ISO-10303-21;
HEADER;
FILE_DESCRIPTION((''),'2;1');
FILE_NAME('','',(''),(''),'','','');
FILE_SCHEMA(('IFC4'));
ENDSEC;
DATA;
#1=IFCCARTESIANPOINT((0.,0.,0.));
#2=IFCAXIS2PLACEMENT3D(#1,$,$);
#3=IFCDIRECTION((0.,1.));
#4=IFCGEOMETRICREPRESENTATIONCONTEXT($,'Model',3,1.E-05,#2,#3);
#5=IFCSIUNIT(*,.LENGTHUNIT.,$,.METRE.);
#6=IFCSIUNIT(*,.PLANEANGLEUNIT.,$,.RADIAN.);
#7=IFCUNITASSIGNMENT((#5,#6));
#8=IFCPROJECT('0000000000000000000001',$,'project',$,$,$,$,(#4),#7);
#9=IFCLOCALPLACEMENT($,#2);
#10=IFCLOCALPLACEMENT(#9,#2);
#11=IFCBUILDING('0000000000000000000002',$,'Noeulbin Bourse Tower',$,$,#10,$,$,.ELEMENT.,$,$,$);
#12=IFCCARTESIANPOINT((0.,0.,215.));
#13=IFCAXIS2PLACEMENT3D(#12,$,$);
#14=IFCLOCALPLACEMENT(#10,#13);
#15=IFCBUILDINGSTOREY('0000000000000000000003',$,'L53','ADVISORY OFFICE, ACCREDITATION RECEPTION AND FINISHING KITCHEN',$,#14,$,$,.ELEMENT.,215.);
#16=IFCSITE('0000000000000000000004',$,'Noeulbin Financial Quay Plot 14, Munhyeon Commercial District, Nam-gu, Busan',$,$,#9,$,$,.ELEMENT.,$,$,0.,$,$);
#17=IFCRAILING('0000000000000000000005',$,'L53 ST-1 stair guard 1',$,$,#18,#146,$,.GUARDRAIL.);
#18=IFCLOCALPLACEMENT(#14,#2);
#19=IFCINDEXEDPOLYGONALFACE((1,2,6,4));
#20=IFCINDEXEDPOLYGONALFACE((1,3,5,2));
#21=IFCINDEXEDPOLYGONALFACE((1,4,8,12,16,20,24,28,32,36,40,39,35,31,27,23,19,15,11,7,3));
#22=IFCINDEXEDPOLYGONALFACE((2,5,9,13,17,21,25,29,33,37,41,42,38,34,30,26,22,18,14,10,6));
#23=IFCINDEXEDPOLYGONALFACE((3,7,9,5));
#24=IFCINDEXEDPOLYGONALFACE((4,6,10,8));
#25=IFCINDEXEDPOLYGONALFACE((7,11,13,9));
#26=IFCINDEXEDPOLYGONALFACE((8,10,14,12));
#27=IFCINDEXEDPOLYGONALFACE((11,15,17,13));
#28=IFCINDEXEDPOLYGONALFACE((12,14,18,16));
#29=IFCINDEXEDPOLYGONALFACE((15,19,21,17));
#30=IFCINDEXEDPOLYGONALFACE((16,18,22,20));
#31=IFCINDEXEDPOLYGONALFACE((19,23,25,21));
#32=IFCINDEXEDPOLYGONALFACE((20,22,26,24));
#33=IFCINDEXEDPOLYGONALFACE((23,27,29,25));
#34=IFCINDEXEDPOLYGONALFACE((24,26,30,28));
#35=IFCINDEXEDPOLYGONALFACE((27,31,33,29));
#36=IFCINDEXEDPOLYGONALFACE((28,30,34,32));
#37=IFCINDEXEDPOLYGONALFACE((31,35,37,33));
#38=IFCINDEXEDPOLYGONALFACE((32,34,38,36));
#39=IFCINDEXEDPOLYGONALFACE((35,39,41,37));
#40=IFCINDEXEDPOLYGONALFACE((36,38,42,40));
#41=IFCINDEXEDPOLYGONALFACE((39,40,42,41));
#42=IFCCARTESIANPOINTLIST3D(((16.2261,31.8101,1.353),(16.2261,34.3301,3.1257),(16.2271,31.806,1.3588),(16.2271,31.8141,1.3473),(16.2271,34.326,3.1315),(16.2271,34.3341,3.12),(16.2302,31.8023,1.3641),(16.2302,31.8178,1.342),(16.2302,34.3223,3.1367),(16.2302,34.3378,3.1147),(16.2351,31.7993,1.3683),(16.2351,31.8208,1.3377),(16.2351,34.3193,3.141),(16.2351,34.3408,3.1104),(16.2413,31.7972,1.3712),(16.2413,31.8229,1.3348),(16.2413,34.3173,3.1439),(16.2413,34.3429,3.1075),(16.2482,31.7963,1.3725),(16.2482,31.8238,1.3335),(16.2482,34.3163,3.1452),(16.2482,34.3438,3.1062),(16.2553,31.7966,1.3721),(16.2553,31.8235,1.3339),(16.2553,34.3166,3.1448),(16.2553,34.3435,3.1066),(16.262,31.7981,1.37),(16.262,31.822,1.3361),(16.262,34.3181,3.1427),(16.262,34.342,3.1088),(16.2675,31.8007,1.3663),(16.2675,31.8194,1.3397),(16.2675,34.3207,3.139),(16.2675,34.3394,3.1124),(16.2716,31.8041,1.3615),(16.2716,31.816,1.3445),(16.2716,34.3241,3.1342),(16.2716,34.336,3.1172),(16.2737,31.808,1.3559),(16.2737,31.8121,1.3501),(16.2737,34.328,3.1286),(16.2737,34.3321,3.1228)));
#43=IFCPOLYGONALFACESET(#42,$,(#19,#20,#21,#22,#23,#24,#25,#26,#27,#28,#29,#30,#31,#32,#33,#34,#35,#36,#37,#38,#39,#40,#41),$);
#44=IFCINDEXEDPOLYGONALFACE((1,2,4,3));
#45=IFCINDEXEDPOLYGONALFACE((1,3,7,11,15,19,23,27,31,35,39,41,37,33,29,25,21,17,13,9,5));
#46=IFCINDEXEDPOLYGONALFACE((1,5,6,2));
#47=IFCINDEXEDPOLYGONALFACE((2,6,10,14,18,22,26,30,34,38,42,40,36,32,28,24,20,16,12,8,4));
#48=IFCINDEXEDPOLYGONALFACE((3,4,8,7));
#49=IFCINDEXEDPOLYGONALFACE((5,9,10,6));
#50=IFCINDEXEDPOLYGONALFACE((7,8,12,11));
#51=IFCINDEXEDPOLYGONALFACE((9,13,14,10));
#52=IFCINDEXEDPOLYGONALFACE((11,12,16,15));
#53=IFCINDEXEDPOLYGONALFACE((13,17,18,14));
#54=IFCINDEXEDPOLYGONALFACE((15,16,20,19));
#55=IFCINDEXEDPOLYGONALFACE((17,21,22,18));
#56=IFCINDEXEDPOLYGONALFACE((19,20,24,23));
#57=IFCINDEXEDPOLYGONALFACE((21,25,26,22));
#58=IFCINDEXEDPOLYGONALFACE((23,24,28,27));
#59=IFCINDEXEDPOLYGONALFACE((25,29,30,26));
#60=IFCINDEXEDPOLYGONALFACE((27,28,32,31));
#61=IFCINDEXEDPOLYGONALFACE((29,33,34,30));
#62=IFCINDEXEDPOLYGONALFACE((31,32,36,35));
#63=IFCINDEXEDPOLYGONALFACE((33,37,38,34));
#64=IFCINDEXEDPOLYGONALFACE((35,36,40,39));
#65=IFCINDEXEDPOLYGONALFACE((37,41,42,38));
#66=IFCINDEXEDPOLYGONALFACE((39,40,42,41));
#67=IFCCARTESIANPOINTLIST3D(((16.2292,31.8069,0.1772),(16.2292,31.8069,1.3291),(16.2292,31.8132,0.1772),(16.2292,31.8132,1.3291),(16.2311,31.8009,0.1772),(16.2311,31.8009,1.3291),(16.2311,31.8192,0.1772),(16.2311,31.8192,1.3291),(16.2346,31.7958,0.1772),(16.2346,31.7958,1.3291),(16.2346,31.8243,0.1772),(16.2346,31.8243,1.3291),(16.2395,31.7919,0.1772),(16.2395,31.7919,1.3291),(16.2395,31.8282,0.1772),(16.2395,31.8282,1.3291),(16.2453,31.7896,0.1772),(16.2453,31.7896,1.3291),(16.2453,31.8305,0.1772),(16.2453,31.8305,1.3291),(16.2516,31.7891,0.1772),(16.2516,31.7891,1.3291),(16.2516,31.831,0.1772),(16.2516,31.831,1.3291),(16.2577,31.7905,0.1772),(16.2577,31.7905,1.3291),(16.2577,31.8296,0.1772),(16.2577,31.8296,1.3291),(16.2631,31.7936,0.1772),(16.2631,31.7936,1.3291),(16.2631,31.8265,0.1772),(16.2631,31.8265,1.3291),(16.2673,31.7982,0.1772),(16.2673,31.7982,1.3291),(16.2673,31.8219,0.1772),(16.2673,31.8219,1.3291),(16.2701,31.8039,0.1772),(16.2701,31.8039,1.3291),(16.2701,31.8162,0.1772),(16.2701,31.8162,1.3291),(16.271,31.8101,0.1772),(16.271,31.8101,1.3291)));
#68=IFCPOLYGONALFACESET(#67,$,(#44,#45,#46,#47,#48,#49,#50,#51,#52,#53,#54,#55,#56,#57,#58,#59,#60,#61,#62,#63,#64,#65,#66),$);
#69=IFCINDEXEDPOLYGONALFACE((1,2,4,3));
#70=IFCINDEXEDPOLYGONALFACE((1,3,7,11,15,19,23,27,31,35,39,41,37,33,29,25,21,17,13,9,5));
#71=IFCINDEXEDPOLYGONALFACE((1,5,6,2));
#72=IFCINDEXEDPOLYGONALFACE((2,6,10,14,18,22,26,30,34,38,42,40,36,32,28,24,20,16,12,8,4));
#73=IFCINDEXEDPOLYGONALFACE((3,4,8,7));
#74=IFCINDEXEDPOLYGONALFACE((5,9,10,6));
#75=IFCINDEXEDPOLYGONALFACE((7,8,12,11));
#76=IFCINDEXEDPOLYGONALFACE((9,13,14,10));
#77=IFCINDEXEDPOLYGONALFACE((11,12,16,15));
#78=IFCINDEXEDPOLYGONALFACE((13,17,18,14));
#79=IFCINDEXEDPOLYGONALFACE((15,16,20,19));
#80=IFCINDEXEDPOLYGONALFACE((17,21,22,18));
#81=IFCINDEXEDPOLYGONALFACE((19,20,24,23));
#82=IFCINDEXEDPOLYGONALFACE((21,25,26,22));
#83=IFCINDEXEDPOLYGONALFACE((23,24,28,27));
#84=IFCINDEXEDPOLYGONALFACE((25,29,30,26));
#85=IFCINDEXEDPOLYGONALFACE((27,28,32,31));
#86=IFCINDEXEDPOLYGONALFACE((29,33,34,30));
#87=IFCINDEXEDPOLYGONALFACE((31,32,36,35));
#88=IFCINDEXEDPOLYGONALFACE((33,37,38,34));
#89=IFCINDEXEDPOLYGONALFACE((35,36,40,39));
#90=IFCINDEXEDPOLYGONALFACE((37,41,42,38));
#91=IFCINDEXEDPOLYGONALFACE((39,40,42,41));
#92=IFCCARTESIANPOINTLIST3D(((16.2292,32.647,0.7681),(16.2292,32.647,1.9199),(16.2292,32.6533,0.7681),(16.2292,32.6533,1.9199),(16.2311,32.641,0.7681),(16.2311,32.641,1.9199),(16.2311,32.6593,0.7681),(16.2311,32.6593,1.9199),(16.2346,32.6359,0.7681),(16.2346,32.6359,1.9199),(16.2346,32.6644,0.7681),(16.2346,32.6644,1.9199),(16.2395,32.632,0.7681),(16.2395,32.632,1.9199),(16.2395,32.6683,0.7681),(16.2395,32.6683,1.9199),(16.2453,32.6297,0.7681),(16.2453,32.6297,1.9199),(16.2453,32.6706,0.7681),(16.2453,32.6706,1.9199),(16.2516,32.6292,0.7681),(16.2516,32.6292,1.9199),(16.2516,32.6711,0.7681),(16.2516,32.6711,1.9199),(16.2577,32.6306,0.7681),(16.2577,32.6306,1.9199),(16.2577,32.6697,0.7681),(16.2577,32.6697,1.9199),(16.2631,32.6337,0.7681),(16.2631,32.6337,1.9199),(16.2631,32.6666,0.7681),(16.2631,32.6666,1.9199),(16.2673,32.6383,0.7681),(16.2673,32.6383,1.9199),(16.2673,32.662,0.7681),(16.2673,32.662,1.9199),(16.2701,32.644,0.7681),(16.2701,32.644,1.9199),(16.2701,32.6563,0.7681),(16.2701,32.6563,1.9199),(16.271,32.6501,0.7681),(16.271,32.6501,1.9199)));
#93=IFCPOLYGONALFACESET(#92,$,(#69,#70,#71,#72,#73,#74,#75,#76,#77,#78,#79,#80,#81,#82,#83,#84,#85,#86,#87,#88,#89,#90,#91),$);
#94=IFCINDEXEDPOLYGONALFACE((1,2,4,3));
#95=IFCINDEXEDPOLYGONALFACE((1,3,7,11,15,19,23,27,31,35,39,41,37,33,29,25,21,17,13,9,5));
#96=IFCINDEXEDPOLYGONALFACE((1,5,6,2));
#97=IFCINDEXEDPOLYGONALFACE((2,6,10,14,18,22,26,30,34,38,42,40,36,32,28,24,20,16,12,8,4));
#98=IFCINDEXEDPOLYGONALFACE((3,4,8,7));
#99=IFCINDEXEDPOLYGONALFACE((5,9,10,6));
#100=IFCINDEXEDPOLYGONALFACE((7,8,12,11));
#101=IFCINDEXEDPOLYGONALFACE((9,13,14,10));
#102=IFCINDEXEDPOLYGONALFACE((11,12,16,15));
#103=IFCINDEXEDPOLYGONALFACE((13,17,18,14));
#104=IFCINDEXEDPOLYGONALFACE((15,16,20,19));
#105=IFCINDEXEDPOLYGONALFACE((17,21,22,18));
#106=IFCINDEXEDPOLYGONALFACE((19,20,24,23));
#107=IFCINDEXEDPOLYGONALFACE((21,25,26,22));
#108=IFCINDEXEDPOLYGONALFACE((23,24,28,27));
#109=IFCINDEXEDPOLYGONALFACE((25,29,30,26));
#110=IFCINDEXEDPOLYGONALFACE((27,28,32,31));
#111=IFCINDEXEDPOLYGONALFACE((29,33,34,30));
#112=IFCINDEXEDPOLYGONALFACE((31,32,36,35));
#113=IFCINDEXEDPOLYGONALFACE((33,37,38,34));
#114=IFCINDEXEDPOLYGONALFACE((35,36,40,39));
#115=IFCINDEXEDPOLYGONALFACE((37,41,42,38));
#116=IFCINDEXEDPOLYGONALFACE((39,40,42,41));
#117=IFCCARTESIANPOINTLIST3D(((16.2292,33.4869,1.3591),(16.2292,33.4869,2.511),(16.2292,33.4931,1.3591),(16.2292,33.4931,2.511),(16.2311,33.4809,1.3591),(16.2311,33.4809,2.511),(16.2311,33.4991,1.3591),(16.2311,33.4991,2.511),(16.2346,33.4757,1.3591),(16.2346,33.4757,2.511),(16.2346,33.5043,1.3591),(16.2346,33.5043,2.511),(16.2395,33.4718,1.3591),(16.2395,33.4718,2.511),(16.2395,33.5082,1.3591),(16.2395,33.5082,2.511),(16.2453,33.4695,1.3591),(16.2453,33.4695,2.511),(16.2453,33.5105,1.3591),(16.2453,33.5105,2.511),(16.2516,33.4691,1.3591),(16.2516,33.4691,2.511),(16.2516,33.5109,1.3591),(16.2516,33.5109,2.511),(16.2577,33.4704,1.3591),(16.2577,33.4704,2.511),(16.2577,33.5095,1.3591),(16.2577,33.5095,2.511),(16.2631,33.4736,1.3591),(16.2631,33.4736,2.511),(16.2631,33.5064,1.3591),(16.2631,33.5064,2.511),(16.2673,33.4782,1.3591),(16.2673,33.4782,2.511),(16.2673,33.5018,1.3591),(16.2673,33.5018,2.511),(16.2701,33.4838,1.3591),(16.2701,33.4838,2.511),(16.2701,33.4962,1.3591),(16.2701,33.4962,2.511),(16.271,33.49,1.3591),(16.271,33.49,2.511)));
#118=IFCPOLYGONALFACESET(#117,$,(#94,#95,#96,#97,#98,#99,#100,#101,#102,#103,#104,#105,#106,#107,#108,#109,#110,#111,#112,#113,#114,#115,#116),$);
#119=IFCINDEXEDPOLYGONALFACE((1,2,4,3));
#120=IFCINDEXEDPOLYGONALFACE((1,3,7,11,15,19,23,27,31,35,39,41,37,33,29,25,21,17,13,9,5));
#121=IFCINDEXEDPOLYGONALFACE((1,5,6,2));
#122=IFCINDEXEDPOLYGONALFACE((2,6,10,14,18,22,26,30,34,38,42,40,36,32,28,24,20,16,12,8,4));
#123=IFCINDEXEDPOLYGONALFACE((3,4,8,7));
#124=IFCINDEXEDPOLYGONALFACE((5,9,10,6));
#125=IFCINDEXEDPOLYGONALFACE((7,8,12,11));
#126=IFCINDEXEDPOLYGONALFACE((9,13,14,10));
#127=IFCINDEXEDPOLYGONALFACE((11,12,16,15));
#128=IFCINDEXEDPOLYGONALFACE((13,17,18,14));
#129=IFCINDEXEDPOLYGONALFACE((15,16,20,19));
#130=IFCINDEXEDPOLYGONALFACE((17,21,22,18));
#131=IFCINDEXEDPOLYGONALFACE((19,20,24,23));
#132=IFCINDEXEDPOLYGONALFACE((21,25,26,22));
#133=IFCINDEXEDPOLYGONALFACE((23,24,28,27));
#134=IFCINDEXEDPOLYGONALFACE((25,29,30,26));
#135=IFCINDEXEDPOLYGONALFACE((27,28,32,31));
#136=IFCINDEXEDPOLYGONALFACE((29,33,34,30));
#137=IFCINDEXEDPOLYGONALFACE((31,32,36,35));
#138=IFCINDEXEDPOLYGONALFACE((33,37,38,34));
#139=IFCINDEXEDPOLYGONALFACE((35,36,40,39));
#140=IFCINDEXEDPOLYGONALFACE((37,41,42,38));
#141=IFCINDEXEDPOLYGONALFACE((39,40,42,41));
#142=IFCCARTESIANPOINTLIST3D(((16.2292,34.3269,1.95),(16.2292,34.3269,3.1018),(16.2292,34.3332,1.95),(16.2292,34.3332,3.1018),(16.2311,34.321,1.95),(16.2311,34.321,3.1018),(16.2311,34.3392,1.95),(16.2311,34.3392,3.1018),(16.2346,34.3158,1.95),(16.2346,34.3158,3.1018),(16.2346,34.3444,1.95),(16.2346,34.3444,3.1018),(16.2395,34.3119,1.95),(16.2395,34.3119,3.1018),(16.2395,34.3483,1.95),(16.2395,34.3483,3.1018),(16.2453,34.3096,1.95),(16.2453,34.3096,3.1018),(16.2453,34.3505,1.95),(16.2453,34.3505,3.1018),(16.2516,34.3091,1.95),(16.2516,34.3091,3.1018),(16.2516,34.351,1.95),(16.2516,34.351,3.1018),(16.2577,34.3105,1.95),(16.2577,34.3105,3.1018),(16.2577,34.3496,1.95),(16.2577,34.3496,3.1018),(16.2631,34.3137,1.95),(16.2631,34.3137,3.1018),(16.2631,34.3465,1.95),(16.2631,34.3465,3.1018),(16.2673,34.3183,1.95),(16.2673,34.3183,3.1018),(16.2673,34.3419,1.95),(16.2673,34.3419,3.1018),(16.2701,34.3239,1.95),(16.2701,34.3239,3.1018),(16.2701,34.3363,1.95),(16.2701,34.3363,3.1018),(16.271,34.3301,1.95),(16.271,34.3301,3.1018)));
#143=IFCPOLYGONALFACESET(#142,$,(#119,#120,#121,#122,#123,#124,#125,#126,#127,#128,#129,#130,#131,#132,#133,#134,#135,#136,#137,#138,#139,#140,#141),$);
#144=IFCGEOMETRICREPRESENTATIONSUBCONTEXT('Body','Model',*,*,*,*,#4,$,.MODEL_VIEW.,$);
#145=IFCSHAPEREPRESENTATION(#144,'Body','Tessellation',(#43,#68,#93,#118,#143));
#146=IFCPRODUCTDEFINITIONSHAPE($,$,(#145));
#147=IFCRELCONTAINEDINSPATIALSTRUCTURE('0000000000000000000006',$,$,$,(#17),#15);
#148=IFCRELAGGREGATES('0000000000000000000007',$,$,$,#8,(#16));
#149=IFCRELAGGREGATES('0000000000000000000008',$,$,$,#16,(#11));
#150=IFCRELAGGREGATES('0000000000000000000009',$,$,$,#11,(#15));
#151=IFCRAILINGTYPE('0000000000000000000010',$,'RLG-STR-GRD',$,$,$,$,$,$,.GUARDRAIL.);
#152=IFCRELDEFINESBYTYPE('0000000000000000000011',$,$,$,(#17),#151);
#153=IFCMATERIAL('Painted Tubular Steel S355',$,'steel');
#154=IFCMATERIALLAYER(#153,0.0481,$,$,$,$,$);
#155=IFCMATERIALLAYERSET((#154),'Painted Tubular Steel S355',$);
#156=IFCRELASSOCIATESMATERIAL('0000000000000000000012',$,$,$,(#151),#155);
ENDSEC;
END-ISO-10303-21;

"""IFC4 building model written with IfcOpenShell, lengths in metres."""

from ifc_helpers import new_model, si_unit, direction, frame, origin, origin_2d, place, context, subcontext, project, spatial, circle, extrude, material, layer, layer_set, type_object, element, save


model = new_model("IFC4")

# Units and contexts
model_context = context("Model", 3, precision=1e-05, world=origin(), true_north=direction((0.0, 1.0)))
body_context = subcontext(model_context, "Body", "Model", "MODEL_VIEW")
ifc_project = project(units=[si_unit("LENGTHUNIT", "METRE"), si_unit("PLANEANGLEUNIT", "RADIAN")], contexts=[model_context])

# Site, building, storey
site_placement = place(None, origin())
site = spatial("IfcSite", under=ifc_project, at=site_placement, Name="Noeulbin Financial Quay Plot 14, Munhyeon Commercial District, Nam-gu, Busan", CompositionType="ELEMENT", RefElevation=0.0)
building_placement = place(site_placement, origin())
building = spatial("IfcBuilding", under=site, at=building_placement, Name="Noeulbin Bourse Tower", CompositionType="ELEMENT")
storey_placement = place(building_placement, frame((0.0, 0.0, 215.0)))
storey = spatial("IfcBuildingStorey", under=building, at=storey_placement, Name="L53", Description="ADVISORY OFFICE, ACCREDITATION RECEPTION AND FINISHING KITCHEN", CompositionType="ELEMENT", Elevation=215.0)

# Railing
ifc_material_1 = material(Name="Painted Tubular Steel S355", Category="steel")
ifc_layer_1 = layer(ifc_material_1, 0.0481)
ifc_layer_set_1 = layer_set([ifc_layer_1], Name="Painted Tubular Steel S355")
railing_type_1 = type_object("IfcRailingType", Name="RLG-STR-GRD", PredefinedType="GUARDRAIL", material=ifc_layer_set_1)
railing_1_placement = place(storey_placement, frame((16.25, 31.8101, 0.1772)))
element("IfcRailing", 1, at=railing_1_placement, inside=storey, type_object=railing_type_1, Name="L53 ST-1 stair guard 1", PredefinedType="GUARDRAIL", context=body_context, shape_type="SweptSolid", body=[
    extrude(circle(Radius=0.0239, at=origin_2d()), frame((0.0, 0.0, 1.1758), z_axis=(0.0, 0.817904, 0.575354), x_axis=(-1.0, 0.0, 0.0)), (0.0, 0.0, 1.0), 3.0811),
    extrude(circle(Radius=0.021, at=origin_2d()), origin(), (0.0, 0.0, 1.0), 1.1519),
    extrude(circle(Radius=0.021, at=origin_2d()), frame((0.0, 0.8401, 0.5908)), (0.0, 0.0, 1.0), 1.1519),
    extrude(circle(Radius=0.021, at=origin_2d()), frame((0.0, 1.6799, 1.1819)), (0.0, 0.0, 1.0), 1.1519),
    extrude(circle(Radius=0.021, at=origin_2d()), frame((0.0, 2.52, 1.7727)), (0.0, 0.0, 1.0), 1.1519),
])

save(model, "model.ifc")
